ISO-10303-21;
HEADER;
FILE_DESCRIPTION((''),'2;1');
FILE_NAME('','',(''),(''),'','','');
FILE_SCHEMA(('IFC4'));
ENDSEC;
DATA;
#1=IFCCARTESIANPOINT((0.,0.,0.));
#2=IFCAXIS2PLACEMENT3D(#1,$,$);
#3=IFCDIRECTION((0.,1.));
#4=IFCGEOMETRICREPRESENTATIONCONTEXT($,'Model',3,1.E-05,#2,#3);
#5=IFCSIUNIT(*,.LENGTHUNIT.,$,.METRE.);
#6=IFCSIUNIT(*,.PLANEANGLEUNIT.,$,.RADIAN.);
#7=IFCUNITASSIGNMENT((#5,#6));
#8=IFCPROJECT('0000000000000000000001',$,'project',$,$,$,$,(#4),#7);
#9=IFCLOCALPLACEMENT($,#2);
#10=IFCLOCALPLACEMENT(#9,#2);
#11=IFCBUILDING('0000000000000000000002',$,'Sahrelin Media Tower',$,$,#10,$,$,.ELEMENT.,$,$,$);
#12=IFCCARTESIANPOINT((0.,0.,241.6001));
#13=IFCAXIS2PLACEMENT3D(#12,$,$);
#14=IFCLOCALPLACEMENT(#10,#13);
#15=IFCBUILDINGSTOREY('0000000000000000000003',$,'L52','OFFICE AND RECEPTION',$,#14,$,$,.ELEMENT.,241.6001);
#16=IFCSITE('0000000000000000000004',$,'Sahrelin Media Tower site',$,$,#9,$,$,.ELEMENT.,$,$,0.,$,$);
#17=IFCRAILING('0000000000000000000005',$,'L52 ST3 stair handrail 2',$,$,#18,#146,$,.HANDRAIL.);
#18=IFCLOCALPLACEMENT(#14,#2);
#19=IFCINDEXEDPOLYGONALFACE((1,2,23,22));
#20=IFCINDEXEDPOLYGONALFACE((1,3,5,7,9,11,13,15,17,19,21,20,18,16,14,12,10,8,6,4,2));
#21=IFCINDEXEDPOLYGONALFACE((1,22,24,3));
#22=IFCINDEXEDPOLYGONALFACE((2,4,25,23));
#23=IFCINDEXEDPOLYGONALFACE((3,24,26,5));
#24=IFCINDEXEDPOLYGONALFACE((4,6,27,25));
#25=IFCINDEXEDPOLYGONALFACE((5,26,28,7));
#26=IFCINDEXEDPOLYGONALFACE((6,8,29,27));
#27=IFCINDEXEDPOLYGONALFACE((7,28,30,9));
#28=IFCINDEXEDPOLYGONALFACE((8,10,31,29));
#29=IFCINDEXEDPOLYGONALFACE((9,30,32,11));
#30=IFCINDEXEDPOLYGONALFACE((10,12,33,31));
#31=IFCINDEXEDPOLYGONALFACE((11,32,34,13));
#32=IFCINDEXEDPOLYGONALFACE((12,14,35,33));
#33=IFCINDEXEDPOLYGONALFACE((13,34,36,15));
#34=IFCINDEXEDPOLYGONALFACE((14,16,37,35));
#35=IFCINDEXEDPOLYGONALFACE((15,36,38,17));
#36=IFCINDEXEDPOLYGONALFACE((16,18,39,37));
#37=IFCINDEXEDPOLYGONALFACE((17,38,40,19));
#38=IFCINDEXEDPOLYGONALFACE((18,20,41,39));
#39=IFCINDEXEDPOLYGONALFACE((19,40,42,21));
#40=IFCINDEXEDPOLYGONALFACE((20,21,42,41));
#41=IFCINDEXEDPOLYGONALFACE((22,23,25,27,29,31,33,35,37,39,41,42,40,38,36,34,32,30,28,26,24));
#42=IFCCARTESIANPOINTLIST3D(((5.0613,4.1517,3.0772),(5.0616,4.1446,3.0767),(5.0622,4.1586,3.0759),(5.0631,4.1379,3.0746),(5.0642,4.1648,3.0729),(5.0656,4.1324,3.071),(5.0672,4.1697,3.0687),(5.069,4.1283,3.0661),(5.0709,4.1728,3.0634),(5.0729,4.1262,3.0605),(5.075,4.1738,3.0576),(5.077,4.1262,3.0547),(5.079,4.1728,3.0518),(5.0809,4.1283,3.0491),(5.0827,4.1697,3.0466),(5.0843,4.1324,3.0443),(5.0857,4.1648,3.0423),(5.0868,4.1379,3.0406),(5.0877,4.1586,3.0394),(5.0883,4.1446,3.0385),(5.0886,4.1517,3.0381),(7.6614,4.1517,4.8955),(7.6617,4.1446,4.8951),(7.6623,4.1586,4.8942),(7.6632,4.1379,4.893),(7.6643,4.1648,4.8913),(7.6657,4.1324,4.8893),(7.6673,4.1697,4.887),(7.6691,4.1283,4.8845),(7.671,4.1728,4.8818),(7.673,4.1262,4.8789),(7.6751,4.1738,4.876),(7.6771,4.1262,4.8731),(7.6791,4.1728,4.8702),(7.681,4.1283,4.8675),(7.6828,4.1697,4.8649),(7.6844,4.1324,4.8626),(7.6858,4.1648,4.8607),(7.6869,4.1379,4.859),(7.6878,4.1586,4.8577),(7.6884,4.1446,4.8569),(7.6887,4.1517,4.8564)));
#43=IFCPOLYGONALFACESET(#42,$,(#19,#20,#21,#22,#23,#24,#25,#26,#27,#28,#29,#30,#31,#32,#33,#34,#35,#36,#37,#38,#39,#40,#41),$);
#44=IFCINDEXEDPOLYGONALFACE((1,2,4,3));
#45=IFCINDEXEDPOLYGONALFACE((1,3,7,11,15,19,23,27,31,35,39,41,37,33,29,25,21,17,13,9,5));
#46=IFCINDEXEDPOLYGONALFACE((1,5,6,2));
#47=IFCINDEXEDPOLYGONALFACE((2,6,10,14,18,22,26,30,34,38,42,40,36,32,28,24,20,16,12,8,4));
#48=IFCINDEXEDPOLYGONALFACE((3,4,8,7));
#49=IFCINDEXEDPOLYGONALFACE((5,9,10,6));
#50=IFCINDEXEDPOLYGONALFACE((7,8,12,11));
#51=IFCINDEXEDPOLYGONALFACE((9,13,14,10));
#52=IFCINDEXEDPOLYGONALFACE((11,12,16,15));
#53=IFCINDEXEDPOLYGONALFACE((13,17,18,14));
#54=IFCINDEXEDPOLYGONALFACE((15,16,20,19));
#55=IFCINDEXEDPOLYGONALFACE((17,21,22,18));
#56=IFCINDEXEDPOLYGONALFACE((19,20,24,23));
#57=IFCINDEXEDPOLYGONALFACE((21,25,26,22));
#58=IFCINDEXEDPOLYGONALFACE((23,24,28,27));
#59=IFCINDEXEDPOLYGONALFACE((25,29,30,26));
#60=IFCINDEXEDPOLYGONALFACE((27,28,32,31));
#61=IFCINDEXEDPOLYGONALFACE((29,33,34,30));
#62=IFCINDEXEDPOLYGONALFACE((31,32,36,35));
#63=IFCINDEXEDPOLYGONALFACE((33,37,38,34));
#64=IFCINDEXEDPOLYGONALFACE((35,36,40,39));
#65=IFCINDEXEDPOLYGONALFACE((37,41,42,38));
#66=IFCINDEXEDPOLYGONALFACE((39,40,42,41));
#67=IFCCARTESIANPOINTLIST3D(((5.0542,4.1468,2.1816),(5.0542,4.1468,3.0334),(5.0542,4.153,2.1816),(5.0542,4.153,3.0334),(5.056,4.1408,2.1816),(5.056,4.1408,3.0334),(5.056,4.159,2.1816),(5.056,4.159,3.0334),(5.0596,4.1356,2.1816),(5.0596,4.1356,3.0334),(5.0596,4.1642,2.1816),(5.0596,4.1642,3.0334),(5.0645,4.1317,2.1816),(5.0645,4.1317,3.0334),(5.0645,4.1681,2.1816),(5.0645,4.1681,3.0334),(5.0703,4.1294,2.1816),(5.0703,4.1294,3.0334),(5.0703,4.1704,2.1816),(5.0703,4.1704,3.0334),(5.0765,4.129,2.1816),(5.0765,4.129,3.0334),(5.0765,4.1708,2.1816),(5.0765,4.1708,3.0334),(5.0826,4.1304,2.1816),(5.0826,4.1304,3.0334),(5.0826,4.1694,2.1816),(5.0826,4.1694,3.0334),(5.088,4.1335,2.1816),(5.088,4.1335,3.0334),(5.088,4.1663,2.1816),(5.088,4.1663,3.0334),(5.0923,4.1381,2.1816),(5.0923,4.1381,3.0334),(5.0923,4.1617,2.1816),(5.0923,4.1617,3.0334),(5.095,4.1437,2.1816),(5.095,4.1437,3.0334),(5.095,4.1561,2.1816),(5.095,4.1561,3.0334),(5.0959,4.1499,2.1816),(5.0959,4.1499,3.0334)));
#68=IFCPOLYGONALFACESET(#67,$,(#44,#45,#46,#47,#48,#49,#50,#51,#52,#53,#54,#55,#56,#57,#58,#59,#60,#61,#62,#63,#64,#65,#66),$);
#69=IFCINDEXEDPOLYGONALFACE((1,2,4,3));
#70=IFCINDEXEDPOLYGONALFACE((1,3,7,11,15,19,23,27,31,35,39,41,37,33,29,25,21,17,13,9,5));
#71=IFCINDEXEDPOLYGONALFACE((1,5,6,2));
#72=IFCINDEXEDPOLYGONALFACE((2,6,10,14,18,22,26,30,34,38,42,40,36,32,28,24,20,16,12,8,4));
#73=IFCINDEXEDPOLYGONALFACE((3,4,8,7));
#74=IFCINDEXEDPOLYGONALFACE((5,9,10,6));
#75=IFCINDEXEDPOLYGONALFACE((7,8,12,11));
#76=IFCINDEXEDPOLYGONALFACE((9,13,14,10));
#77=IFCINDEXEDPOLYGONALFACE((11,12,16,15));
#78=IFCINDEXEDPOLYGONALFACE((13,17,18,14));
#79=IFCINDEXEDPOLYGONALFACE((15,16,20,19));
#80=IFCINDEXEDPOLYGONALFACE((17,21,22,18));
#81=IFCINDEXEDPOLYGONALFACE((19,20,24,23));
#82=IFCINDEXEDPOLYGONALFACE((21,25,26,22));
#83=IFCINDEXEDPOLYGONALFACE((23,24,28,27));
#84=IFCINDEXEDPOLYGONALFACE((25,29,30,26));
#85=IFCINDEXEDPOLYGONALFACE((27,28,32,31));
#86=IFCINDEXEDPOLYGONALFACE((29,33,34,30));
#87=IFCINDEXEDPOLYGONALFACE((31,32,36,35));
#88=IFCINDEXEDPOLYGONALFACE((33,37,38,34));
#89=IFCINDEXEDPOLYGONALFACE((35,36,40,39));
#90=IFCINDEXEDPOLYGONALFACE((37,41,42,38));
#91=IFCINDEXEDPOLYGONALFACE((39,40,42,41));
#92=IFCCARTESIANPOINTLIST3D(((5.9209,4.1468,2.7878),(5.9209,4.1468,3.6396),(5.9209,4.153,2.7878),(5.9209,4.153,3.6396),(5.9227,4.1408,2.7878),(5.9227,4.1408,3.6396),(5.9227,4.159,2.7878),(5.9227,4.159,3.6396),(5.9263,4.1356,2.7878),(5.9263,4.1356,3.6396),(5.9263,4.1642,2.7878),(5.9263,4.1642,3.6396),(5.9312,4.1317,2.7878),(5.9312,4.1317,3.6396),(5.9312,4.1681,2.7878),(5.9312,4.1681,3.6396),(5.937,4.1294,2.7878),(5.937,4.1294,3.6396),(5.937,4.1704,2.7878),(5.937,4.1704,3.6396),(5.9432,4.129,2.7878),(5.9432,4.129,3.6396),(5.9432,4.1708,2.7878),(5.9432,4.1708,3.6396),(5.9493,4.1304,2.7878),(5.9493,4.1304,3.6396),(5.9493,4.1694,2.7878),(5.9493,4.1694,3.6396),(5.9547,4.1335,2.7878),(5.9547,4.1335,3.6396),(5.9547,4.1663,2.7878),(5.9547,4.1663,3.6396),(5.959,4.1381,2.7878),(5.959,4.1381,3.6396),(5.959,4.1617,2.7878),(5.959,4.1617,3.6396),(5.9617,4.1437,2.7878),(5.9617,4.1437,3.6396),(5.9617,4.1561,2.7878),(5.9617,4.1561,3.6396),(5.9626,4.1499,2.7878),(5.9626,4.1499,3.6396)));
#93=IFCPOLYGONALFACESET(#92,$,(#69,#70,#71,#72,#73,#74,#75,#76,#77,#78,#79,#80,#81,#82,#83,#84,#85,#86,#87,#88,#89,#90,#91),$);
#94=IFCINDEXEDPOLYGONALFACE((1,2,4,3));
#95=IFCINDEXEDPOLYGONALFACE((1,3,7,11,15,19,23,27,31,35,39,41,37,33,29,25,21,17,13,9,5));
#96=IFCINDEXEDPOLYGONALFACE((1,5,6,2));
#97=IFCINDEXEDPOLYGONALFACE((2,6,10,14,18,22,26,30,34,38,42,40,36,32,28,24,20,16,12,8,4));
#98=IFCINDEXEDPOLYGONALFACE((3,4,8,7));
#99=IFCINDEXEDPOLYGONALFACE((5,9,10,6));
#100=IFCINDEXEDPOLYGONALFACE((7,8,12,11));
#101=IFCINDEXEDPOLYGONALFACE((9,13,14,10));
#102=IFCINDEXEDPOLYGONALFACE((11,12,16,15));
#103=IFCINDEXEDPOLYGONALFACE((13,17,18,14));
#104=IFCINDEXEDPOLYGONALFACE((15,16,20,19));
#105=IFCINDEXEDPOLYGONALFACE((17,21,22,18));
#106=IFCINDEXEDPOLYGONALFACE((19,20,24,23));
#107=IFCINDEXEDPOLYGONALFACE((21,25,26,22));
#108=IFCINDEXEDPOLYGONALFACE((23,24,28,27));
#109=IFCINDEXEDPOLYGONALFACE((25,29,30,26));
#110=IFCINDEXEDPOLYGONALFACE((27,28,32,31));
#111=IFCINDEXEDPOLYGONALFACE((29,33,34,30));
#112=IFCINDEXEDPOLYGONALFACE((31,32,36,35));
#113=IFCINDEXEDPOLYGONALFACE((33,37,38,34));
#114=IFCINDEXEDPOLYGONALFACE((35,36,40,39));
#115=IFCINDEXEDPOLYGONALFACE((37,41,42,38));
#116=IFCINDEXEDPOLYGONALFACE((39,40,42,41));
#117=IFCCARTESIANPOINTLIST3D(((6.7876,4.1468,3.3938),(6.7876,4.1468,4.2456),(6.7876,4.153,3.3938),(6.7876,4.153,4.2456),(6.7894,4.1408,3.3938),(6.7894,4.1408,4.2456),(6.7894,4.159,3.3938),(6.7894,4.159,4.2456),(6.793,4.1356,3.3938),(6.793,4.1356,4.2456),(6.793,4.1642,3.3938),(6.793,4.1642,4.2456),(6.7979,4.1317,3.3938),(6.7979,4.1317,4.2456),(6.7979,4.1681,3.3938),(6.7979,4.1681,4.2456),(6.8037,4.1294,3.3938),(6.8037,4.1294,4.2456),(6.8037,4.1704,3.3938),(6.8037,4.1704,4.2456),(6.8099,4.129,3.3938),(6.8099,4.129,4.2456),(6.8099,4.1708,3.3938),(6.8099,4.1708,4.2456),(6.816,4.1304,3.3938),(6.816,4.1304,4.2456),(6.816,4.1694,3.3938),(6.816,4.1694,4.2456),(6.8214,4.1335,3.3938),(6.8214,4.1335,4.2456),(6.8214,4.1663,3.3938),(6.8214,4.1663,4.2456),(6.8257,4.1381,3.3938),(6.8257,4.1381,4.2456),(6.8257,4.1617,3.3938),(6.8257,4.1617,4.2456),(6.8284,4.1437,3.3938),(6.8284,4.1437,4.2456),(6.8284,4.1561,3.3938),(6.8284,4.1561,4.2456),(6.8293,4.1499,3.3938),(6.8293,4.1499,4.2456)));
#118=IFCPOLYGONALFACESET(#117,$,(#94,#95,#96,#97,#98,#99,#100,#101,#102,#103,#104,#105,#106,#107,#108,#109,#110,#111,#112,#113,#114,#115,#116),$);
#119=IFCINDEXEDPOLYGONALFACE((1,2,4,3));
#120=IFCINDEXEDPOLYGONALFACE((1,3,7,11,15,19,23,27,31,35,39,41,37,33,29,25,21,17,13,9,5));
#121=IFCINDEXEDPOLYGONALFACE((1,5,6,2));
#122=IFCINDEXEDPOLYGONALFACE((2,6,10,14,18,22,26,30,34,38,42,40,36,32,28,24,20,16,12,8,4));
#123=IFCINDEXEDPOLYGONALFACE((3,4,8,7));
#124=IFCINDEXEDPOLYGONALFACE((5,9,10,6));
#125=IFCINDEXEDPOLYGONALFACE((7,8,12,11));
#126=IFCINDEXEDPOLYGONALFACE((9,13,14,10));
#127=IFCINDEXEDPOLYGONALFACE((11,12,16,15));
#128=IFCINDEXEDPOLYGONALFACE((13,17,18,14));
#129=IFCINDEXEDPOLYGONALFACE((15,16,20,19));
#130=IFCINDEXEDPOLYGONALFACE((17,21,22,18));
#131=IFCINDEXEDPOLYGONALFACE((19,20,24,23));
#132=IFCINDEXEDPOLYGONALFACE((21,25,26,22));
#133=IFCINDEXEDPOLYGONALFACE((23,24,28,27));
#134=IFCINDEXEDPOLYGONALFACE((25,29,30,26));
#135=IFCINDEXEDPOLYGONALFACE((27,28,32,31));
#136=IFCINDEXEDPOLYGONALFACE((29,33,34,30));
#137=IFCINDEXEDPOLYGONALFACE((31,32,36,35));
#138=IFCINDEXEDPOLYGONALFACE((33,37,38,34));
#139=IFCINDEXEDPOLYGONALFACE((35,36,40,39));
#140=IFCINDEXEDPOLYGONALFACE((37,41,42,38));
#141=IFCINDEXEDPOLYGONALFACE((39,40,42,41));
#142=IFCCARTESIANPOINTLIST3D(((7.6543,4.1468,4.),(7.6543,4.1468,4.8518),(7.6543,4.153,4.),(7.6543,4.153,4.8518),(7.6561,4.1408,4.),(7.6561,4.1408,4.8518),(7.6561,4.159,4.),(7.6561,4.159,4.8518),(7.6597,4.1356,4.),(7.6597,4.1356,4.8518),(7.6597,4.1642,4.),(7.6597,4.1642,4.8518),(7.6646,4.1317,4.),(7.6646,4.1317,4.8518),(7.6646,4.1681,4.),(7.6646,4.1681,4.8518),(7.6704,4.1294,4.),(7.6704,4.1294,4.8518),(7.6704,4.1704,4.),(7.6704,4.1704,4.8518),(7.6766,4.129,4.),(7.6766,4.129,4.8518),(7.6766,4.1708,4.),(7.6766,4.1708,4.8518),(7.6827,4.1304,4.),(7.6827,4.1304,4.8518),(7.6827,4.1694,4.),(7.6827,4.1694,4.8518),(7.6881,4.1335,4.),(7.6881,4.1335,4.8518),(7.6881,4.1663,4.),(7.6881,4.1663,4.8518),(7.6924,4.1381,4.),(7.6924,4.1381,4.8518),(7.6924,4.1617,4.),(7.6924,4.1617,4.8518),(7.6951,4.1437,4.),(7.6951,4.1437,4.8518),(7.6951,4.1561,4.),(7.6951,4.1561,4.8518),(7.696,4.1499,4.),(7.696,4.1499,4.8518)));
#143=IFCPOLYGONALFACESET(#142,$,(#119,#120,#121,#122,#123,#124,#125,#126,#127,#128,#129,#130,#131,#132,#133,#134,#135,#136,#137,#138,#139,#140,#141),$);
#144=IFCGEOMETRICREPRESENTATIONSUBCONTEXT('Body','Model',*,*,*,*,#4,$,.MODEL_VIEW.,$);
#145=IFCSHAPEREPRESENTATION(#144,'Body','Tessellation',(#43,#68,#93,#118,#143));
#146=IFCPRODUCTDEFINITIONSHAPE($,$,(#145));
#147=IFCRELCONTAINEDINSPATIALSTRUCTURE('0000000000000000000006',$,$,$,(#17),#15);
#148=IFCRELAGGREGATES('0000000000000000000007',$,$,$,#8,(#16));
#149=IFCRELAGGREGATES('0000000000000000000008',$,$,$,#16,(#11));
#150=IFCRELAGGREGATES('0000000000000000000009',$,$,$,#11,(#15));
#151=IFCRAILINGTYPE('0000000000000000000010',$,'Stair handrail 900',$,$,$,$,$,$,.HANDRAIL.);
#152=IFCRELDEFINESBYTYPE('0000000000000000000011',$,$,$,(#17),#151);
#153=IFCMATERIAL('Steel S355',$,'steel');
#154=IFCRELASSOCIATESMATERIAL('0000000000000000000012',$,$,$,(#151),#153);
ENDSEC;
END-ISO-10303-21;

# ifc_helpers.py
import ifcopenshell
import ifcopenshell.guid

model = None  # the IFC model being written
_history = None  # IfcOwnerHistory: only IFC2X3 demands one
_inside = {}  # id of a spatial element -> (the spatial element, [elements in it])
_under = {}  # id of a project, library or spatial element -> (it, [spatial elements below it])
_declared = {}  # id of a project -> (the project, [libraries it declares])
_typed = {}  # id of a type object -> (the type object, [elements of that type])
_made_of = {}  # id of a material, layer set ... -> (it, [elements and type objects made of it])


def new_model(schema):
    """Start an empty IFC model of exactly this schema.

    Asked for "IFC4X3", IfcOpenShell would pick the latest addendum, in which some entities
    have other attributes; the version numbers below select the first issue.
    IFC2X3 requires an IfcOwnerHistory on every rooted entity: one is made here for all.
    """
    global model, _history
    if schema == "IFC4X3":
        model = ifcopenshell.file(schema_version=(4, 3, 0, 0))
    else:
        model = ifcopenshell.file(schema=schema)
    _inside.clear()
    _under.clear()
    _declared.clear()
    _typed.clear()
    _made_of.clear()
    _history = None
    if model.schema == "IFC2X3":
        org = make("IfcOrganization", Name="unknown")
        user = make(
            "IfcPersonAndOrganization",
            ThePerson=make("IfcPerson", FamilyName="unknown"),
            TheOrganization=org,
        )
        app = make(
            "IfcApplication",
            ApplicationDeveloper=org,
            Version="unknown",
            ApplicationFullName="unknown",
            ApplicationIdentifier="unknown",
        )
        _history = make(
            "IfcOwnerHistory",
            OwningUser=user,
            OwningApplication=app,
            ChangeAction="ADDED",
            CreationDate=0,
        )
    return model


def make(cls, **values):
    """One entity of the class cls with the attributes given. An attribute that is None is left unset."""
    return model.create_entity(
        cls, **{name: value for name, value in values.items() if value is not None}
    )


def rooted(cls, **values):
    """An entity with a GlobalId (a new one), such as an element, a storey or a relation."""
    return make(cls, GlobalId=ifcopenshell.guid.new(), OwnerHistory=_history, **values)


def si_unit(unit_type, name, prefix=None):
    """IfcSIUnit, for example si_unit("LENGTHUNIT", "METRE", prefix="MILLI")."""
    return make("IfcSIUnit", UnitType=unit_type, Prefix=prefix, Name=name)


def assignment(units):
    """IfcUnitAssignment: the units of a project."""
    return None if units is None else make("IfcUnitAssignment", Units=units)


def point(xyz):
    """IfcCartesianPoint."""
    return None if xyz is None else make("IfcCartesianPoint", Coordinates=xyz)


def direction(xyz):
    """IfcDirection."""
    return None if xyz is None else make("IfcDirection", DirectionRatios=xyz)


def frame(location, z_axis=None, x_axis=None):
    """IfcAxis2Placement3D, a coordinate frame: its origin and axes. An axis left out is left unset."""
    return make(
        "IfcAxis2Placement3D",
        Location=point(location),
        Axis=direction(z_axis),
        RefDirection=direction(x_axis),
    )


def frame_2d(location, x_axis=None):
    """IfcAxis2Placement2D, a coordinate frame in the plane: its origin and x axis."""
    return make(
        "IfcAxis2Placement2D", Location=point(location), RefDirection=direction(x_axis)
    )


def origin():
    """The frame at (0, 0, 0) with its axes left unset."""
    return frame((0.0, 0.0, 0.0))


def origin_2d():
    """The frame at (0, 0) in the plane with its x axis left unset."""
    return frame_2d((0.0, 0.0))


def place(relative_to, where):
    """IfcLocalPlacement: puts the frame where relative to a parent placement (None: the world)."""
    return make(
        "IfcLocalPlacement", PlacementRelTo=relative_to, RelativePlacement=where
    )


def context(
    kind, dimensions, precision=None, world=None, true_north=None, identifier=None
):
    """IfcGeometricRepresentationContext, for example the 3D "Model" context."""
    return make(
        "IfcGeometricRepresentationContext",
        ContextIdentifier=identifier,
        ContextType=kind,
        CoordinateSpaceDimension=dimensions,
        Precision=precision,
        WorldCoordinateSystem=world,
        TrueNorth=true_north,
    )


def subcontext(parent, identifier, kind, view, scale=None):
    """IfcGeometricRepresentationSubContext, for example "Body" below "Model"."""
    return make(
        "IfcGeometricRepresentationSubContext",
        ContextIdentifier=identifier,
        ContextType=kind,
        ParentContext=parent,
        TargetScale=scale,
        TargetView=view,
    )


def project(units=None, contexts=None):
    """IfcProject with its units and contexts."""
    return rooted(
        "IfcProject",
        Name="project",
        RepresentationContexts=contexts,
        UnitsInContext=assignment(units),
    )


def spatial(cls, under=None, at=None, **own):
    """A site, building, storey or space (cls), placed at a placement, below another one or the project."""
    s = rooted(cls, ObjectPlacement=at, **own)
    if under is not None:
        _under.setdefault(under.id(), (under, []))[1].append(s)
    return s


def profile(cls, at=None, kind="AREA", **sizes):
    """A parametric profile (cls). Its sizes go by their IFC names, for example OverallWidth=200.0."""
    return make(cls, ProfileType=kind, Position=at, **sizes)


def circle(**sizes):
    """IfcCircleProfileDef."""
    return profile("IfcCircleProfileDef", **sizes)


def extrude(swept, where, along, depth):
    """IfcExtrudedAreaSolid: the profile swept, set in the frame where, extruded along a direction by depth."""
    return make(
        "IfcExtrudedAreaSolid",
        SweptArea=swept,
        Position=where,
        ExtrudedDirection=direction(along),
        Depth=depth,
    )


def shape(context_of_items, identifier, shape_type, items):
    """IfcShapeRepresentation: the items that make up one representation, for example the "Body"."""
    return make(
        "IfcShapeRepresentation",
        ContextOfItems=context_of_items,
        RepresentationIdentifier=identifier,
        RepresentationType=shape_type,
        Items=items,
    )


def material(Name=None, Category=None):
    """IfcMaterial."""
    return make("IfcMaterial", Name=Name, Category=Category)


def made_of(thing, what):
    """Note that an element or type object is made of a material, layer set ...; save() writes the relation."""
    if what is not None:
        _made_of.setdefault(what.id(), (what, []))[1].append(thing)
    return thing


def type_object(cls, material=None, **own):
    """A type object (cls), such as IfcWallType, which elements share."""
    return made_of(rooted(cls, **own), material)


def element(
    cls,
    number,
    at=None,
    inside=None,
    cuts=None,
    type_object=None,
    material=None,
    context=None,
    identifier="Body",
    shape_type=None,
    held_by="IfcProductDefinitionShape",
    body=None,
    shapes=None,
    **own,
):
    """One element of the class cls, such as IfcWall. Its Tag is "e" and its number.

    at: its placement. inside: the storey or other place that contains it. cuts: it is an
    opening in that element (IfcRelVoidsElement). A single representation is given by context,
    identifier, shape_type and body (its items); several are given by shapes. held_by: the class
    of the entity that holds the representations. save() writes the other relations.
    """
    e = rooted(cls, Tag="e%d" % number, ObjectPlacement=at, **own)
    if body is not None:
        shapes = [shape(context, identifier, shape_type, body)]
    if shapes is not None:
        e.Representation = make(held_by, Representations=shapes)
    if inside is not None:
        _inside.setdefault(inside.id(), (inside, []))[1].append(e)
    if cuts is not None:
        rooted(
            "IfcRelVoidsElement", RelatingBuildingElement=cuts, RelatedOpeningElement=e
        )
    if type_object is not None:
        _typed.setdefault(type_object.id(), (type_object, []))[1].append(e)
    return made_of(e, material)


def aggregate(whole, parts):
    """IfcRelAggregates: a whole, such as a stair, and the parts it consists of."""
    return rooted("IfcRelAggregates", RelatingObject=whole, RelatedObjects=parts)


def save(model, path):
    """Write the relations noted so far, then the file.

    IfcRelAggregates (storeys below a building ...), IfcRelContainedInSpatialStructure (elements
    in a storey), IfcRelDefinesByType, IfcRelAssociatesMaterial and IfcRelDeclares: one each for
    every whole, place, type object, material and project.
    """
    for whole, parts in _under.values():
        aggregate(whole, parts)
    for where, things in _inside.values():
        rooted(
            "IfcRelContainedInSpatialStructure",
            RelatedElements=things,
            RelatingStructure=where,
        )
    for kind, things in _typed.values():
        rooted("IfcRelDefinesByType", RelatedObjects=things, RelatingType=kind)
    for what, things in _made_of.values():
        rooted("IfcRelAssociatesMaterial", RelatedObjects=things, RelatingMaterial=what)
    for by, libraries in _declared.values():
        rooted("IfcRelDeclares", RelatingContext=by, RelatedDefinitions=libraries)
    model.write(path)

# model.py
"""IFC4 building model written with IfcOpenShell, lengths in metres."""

from ifc_helpers import new_model, si_unit, direction, frame, origin, origin_2d, place, context, subcontext, project, spatial, circle, extrude, material, type_object, element, save


model = new_model("IFC4")

# Units and contexts
model_context = context("Model", 3, precision=1e-05, world=origin(), true_north=direction((0.0, 1.0)))
body_context = subcontext(model_context, "Body", "Model", "MODEL_VIEW")
ifc_project = project(units=[si_unit("LENGTHUNIT", "METRE"), si_unit("PLANEANGLEUNIT", "RADIAN")], contexts=[model_context])

# Site, building, storey
site_placement = place(None, origin())
site = spatial("IfcSite", under=ifc_project, at=site_placement, Name="Sahrelin Media Tower site", CompositionType="ELEMENT", RefElevation=0.0)
building_placement = place(site_placement, origin())
building = spatial("IfcBuilding", under=site, at=building_placement, Name="Sahrelin Media Tower", CompositionType="ELEMENT")
storey_placement = place(building_placement, frame((0.0, 0.0, 241.6001)))
storey = spatial("IfcBuildingStorey", under=building, at=storey_placement, Name="L52", Description="OFFICE AND RECEPTION", CompositionType="ELEMENT", Elevation=241.6001)

# Shared definitions
ifc_material_1 = material(Name="Steel S355", Category="steel")

# Railing
railing_type_1 = type_object("IfcRailingType", Name="Stair handrail 900", PredefinedType="HANDRAIL", material=ifc_material_1)
railing_1_placement = place(storey_placement, frame((5.075, 4.1499, 2.1816)))
element("IfcRailing", 1, at=railing_1_placement, inside=storey, type_object=railing_type_1, Name="L52 ST3 stair handrail 2", PredefinedType="HANDRAIL", context=body_context, shape_type="SweptSolid", body=[
    extrude(circle(Radius=0.0239, at=origin_2d()), frame((0.0, 0.0, 0.876), z_axis=(0.819485, 0.0, 0.573101), x_axis=(0.0, 1.0, 0.0)), (0.0, 0.0, 1.0), 3.1729),
    extrude(circle(Radius=0.021, at=origin_2d()), origin(), (0.0, 0.0, 1.0), 0.8518),
    extrude(circle(Radius=0.021, at=origin_2d()), frame((0.8667, 0.0, 0.6062)), (0.0, 0.0, 1.0), 0.8518),
    extrude(circle(Radius=0.021, at=origin_2d()), frame((1.7334, 0.0, 1.2122)), (0.0, 0.0, 1.0), 0.8518),
    extrude(circle(Radius=0.021, at=origin_2d()), frame((2.6001, 0.0, 1.8184)), (0.0, 0.0, 1.0), 0.8518),
])

save(model, "model.ifc")
